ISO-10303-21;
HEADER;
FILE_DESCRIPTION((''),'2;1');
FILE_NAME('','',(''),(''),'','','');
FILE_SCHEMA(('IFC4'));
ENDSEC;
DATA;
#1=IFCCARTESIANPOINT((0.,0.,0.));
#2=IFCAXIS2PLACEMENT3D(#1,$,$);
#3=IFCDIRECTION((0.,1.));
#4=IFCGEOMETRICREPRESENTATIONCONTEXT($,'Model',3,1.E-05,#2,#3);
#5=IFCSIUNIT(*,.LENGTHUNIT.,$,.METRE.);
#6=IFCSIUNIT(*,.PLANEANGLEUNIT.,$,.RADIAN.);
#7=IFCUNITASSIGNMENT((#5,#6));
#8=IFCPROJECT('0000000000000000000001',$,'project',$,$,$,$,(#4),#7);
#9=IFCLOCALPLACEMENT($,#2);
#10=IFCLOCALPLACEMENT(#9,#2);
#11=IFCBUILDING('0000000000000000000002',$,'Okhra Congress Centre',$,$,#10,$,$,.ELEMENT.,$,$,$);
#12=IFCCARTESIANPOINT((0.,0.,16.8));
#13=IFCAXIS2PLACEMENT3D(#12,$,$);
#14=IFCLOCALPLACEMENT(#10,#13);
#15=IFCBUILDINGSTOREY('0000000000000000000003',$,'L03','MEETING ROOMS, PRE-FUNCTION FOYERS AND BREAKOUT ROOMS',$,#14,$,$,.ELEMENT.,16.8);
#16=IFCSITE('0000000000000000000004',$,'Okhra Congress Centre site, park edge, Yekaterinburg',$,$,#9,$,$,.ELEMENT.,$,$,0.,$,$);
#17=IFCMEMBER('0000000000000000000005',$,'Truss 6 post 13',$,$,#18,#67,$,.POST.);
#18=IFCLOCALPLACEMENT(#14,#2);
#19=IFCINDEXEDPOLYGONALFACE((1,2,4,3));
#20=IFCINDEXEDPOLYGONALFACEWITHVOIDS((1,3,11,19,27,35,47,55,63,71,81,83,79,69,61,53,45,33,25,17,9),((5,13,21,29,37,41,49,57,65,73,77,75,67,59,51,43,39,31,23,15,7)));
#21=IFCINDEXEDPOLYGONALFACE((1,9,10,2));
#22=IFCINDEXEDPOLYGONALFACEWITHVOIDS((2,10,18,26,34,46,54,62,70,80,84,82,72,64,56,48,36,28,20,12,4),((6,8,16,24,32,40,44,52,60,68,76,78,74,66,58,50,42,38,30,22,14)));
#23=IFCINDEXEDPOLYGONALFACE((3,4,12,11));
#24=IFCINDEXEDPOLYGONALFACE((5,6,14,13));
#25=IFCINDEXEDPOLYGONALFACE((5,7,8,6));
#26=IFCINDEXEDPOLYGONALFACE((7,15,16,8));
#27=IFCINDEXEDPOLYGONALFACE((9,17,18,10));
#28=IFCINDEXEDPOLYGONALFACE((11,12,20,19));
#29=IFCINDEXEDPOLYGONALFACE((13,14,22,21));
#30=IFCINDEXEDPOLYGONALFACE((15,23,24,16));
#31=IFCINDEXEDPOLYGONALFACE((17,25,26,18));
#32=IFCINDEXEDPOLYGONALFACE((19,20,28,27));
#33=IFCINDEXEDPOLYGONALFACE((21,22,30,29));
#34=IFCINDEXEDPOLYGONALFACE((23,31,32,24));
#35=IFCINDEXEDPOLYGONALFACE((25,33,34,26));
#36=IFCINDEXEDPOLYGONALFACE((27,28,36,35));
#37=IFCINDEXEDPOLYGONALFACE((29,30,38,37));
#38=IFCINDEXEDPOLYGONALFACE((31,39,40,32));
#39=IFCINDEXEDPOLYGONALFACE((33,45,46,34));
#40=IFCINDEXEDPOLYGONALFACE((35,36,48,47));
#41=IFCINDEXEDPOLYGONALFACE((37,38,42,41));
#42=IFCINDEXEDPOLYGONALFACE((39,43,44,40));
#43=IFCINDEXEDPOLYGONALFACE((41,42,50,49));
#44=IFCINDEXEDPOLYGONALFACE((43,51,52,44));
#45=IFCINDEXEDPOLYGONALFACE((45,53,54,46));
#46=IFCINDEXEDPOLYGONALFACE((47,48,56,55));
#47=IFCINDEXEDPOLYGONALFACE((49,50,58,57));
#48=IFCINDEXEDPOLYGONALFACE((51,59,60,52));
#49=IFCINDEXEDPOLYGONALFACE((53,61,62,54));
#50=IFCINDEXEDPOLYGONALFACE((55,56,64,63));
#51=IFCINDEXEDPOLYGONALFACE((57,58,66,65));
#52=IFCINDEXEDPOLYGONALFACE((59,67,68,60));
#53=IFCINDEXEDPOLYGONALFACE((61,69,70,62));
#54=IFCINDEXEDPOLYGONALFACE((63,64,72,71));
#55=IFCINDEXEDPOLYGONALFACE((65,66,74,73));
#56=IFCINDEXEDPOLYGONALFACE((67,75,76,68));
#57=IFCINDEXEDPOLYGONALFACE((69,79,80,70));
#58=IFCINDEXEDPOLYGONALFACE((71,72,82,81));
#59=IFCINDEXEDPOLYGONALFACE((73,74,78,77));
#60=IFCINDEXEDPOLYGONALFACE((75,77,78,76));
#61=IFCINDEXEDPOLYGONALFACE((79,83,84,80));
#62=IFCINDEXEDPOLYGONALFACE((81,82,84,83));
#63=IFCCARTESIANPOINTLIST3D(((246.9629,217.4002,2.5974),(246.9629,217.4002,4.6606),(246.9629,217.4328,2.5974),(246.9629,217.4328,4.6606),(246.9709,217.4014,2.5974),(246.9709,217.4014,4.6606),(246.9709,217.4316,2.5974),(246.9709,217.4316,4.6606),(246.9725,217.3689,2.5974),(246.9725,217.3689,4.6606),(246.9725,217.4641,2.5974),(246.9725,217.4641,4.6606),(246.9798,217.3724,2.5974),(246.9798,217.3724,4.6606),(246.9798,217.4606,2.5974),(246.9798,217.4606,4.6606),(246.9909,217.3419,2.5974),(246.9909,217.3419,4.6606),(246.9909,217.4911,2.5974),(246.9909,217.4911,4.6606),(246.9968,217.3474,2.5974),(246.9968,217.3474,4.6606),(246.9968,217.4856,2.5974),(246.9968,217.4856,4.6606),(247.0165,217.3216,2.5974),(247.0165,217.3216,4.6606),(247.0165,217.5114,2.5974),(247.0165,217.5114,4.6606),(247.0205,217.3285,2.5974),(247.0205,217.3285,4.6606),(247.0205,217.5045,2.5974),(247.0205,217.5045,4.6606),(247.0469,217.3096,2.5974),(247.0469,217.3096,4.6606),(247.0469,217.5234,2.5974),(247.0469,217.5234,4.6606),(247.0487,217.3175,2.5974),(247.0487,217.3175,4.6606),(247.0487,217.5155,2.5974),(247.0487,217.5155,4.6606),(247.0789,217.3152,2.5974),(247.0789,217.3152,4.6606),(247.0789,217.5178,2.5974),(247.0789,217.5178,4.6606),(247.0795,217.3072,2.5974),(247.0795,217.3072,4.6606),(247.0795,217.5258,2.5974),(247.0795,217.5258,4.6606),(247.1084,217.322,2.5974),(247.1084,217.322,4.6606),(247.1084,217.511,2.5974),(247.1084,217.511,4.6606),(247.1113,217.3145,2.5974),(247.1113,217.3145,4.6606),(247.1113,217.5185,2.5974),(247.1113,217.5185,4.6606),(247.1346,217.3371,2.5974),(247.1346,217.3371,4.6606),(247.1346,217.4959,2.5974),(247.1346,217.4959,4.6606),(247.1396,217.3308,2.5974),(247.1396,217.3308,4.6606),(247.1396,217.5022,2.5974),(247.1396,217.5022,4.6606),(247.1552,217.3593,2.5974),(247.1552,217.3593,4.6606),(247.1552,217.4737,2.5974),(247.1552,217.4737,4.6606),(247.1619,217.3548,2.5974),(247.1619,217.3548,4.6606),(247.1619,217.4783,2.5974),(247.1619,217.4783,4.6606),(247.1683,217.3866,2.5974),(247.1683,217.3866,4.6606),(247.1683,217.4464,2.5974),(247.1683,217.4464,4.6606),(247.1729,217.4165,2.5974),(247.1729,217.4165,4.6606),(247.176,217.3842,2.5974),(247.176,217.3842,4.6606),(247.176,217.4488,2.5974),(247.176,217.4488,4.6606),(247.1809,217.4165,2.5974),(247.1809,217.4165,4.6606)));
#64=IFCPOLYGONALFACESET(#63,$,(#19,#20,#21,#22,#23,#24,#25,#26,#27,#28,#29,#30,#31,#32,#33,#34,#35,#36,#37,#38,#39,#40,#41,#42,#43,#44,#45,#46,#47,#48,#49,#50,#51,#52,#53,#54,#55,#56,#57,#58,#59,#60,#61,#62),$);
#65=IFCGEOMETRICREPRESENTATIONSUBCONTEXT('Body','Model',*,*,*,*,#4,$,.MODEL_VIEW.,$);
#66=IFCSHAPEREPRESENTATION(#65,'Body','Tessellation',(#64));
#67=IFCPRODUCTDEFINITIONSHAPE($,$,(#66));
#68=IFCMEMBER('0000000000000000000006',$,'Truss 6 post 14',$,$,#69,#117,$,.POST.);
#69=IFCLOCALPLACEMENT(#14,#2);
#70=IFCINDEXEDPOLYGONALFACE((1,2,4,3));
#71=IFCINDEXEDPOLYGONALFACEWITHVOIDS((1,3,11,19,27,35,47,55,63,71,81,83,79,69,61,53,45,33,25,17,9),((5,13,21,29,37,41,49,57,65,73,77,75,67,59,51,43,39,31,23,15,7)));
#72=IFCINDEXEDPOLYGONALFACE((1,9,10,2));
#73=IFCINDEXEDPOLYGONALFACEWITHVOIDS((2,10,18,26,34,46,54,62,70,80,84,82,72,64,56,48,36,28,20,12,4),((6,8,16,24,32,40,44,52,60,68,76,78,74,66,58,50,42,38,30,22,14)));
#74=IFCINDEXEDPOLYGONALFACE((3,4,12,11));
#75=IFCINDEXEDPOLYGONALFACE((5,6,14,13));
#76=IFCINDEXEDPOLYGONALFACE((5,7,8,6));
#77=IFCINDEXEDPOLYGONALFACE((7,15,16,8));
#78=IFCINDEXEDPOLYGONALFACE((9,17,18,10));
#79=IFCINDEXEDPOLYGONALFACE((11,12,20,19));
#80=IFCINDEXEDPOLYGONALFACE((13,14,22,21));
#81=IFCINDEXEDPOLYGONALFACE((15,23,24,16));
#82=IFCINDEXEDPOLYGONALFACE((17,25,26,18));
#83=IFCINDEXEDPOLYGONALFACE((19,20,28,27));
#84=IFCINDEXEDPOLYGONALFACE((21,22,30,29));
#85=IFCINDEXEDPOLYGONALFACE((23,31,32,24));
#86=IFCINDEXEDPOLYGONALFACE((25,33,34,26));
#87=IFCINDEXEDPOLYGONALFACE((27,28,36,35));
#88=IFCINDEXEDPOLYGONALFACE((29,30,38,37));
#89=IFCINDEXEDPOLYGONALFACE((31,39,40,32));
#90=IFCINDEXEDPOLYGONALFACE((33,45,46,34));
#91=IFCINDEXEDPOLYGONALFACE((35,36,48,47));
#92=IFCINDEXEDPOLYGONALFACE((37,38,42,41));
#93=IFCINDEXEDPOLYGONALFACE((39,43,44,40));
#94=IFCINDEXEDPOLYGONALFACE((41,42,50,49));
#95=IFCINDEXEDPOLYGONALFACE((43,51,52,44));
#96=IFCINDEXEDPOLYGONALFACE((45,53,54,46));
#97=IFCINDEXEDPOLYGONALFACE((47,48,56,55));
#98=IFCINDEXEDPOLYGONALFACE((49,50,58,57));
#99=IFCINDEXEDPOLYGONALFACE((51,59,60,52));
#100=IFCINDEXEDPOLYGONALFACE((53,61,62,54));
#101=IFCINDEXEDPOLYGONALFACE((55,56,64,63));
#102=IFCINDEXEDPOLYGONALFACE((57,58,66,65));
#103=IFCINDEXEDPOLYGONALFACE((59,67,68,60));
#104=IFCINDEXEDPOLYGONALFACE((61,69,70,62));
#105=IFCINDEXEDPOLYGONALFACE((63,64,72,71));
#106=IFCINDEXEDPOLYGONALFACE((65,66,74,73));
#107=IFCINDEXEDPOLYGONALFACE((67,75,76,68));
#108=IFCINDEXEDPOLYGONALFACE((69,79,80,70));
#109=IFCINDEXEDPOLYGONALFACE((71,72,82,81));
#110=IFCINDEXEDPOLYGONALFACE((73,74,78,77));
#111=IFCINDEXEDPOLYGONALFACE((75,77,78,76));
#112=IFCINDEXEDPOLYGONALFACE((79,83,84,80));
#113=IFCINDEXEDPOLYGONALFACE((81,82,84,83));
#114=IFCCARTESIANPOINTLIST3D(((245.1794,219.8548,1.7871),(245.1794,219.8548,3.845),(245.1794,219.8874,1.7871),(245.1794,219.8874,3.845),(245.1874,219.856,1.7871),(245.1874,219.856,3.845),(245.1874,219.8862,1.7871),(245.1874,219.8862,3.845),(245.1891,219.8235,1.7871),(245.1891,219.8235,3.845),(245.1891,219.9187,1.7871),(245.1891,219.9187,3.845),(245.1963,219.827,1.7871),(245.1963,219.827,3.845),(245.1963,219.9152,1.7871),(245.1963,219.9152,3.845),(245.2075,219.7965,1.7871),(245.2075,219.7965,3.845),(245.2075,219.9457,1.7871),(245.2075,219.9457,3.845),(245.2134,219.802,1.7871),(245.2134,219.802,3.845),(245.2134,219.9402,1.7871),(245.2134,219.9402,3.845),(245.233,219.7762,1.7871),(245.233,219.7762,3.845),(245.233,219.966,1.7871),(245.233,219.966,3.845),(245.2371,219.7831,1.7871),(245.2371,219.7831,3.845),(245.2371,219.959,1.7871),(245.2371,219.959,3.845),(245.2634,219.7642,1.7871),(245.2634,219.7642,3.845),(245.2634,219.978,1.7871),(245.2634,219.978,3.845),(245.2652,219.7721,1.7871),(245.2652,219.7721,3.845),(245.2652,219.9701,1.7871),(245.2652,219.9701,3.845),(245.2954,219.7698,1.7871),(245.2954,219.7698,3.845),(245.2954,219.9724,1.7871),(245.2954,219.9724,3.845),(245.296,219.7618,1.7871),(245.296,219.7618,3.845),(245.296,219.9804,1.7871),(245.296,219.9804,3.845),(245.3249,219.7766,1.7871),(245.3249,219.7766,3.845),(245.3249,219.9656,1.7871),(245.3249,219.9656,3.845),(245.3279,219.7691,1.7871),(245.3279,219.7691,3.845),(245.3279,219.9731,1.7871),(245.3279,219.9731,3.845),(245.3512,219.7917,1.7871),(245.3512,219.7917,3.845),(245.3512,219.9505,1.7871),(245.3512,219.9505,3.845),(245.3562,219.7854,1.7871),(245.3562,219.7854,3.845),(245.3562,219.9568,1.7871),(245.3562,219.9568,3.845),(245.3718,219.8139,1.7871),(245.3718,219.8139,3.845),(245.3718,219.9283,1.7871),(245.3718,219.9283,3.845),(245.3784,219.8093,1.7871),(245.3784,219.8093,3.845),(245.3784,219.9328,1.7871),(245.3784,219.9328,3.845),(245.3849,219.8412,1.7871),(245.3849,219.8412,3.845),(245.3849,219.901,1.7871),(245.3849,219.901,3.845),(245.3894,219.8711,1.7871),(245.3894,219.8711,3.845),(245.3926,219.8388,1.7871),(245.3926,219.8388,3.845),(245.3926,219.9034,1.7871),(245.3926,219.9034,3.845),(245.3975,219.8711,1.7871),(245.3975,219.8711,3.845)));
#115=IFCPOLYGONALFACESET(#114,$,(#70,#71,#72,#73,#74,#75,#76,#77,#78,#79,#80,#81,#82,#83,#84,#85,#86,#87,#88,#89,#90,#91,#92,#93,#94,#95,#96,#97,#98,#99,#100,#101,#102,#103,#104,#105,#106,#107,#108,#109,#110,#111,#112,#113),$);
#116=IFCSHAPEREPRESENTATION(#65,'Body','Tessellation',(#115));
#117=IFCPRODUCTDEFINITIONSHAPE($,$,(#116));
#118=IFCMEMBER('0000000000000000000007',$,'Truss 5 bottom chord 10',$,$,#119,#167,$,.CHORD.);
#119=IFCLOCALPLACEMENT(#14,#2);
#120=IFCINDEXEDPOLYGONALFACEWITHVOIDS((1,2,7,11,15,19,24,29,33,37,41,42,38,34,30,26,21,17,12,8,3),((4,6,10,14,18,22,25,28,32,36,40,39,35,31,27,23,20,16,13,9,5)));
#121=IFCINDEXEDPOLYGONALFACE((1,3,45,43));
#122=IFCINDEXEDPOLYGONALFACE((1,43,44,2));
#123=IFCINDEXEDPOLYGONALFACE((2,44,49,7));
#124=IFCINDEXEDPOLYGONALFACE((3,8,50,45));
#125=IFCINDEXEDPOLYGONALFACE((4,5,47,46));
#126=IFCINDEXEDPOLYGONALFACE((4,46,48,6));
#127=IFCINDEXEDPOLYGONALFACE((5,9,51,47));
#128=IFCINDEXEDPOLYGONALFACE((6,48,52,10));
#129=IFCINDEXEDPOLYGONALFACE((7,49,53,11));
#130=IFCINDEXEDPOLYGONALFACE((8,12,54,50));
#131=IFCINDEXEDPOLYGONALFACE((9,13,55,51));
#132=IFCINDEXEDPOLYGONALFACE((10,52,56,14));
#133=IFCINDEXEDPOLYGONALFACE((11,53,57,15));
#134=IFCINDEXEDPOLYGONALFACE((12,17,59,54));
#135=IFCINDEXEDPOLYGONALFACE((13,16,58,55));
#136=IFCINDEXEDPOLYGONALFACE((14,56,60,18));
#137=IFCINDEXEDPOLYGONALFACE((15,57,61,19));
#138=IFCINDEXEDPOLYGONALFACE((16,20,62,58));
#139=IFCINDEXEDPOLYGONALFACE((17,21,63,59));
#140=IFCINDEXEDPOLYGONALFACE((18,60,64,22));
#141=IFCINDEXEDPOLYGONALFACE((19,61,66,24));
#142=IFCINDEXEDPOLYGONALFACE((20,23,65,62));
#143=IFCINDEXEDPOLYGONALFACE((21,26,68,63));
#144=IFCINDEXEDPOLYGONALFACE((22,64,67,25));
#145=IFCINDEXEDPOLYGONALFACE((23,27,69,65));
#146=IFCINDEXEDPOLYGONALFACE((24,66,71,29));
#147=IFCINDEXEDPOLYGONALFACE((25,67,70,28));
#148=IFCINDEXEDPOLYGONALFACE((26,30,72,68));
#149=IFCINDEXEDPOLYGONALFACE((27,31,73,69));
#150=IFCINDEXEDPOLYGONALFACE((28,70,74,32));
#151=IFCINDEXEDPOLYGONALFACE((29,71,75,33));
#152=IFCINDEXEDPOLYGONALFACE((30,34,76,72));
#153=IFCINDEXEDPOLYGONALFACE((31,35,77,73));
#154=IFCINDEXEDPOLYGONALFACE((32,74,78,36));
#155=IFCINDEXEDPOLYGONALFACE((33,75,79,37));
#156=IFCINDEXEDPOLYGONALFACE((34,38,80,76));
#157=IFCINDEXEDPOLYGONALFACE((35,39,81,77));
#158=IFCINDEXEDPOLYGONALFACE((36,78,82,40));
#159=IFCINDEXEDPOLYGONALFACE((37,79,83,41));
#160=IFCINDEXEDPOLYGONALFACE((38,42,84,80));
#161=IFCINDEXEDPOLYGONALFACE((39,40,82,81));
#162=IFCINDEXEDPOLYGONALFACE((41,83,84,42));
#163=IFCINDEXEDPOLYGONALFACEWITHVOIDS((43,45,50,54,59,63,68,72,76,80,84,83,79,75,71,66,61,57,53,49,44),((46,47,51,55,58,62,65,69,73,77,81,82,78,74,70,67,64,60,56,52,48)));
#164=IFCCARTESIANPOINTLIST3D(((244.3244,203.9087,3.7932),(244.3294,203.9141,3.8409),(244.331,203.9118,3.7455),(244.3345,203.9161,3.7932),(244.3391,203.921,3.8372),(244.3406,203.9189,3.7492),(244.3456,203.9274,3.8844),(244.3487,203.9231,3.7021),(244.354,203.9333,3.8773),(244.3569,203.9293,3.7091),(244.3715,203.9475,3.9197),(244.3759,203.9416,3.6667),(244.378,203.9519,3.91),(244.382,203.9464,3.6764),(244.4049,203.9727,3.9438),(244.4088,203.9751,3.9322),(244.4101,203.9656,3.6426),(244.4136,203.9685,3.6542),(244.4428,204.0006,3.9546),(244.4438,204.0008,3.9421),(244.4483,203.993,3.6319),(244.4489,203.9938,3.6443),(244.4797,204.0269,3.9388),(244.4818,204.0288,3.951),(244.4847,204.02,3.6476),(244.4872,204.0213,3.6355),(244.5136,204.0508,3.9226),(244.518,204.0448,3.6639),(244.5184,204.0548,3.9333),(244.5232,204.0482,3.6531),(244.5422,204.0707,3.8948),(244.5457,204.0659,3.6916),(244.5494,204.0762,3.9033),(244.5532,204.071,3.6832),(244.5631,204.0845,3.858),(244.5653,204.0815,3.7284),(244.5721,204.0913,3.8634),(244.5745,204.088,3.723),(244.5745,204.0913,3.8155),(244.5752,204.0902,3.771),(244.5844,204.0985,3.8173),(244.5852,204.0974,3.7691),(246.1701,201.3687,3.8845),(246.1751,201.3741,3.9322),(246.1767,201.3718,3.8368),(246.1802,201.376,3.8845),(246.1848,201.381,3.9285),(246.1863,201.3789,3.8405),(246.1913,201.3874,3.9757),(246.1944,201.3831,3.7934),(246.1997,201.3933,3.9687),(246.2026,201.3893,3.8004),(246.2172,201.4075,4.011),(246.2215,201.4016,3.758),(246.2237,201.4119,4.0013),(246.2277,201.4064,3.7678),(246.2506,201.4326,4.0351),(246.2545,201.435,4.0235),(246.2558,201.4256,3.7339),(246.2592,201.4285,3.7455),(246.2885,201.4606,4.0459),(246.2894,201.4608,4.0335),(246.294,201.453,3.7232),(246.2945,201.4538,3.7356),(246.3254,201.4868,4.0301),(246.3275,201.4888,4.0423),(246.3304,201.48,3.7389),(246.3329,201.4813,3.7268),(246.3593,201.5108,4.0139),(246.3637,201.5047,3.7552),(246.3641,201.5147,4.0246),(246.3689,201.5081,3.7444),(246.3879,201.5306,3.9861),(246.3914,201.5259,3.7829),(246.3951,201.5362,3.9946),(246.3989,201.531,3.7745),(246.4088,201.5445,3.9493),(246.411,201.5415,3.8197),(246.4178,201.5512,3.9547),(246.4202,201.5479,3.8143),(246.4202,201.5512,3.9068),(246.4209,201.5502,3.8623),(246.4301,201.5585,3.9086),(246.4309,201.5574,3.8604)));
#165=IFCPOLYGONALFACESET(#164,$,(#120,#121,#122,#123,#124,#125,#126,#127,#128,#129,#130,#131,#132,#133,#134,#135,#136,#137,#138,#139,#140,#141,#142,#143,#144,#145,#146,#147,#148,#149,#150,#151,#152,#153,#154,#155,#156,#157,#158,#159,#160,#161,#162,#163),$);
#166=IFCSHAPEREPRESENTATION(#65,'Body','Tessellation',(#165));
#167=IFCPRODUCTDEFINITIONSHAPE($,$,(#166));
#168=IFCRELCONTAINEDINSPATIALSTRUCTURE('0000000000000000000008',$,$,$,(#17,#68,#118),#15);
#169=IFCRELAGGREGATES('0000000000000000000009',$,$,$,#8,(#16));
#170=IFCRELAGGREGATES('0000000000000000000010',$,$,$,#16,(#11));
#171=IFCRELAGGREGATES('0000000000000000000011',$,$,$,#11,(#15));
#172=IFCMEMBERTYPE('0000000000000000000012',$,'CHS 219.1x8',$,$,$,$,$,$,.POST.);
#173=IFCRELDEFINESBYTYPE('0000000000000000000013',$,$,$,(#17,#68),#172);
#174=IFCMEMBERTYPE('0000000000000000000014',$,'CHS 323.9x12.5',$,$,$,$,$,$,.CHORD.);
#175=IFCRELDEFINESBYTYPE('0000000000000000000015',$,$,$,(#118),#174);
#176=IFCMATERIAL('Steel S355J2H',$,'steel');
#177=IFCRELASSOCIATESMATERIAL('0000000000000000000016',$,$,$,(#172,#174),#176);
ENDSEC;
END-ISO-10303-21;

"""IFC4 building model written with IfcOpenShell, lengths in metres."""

from ifc_helpers import new_model, si_unit, direction, frame, origin, origin_2d, place, context, subcontext, project, spatial, hollow_circle, extrude, material, material_profile, profile_set, type_object, element, save


model = new_model("IFC4")

# Units and contexts
model_context = context("Model", 3, precision=1e-05, world=origin(), true_north=direction((0.0, 1.0)))
body_context = subcontext(model_context, "Body", "Model", "MODEL_VIEW")
ifc_project = project(units=[si_unit("LENGTHUNIT", "METRE"), si_unit("PLANEANGLEUNIT", "RADIAN")], contexts=[model_context])

# Site, building, storey
site_placement = place(None, origin())
site = spatial("IfcSite", under=ifc_project, at=site_placement, Name="Okhra Congress Centre site, park edge, Yekaterinburg", CompositionType="ELEMENT", RefElevation=0.0)
building_placement = place(site_placement, origin())
building = spatial("IfcBuilding", under=site, at=building_placement, Name="Okhra Congress Centre", CompositionType="ELEMENT")
storey_placement = place(building_placement, frame((0.0, 0.0, 16.8)))
storey = spatial("IfcBuildingStorey", under=building, at=storey_placement, Name="L03", Description="MEETING ROOMS, PRE-FUNCTION FOYERS AND BREAKOUT ROOMS", CompositionType="ELEMENT", Elevation=16.8)

# Members
ifc_material_1 = material(Name="Steel S355J2H", Category="steel")
ifc_material_profile_1 = material_profile(ifc_material_1, hollow_circle(Radius=0.1096, WallThickness=0.0081, at=origin_2d()), Name="CHS 219.1x8")
ifc_profile_set_1 = profile_set([ifc_material_profile_1], Name="Steel S355J2H")
member_type_1 = type_object("IfcMemberType", Name="CHS 219.1x8", PredefinedType="POST", material=ifc_profile_set_1)
member_1_placement = place(storey_placement, frame((247.0713, 217.4165, 2.5974), z_axis=(0.0, 0.0, 1.0), x_axis=(1.0, 0.0, 0.0)))
element("IfcMember", 1, at=member_1_placement, inside=storey, type_object=member_type_1, Name="Truss 6 post 13", PredefinedType="POST", context=body_context, shape_type="SweptSolid", body=[
    extrude(hollow_circle(Radius=0.1096, WallThickness=0.0081, at=origin_2d()), origin(), (0.0, 0.0, 1.0), 2.0632),
])
member_2_placement = place(storey_placement, frame((245.2878, 219.8711, 1.7871), z_axis=(0.0, 0.0, 1.0), x_axis=(1.0, 0.0, 0.0)))
element("IfcMember", 2, at=member_2_placement, inside=storey, type_object=member_type_1, Name="Truss 6 post 14", PredefinedType="POST", context=body_context, shape_type="SweptSolid", body=[
    extrude(hollow_circle(Radius=0.1096, WallThickness=0.0081, at=origin_2d()), origin(), (0.0, 0.0, 1.0), 2.0579),
])
ifc_material_profile_2 = material_profile(ifc_material_1, hollow_circle(Radius=0.1619, WallThickness=0.0125, at=origin_2d()), Name="CHS 323.9x12.5")
ifc_profile_set_2 = profile_set([ifc_material_profile_2], Name="Steel S355J2H")
member_type_2 = type_object("IfcMemberType", Name="CHS 323.9x12.5", PredefinedType="CHORD", material=ifc_profile_set_2)
member_3_placement = place(storey_placement, frame((246.301, 201.4639, 3.8845), z_axis=(-0.58759, 0.808636, -0.029069), x_axis=(-0.808978, -0.587839, 0.0)))
element("IfcMember", 3, at=member_3_placement, inside=storey, type_object=member_type_2, Name="Truss 5 bottom chord 10", PredefinedType="CHORD", context=body_context, shape_type="SweptSolid", body=[
    extrude(hollow_circle(Radius=0.1619, WallThickness=0.0125, at=origin_2d()), origin(), (0.0, 0.0, 1.0), 3.1411),
])

save(model, "model.ifc")
